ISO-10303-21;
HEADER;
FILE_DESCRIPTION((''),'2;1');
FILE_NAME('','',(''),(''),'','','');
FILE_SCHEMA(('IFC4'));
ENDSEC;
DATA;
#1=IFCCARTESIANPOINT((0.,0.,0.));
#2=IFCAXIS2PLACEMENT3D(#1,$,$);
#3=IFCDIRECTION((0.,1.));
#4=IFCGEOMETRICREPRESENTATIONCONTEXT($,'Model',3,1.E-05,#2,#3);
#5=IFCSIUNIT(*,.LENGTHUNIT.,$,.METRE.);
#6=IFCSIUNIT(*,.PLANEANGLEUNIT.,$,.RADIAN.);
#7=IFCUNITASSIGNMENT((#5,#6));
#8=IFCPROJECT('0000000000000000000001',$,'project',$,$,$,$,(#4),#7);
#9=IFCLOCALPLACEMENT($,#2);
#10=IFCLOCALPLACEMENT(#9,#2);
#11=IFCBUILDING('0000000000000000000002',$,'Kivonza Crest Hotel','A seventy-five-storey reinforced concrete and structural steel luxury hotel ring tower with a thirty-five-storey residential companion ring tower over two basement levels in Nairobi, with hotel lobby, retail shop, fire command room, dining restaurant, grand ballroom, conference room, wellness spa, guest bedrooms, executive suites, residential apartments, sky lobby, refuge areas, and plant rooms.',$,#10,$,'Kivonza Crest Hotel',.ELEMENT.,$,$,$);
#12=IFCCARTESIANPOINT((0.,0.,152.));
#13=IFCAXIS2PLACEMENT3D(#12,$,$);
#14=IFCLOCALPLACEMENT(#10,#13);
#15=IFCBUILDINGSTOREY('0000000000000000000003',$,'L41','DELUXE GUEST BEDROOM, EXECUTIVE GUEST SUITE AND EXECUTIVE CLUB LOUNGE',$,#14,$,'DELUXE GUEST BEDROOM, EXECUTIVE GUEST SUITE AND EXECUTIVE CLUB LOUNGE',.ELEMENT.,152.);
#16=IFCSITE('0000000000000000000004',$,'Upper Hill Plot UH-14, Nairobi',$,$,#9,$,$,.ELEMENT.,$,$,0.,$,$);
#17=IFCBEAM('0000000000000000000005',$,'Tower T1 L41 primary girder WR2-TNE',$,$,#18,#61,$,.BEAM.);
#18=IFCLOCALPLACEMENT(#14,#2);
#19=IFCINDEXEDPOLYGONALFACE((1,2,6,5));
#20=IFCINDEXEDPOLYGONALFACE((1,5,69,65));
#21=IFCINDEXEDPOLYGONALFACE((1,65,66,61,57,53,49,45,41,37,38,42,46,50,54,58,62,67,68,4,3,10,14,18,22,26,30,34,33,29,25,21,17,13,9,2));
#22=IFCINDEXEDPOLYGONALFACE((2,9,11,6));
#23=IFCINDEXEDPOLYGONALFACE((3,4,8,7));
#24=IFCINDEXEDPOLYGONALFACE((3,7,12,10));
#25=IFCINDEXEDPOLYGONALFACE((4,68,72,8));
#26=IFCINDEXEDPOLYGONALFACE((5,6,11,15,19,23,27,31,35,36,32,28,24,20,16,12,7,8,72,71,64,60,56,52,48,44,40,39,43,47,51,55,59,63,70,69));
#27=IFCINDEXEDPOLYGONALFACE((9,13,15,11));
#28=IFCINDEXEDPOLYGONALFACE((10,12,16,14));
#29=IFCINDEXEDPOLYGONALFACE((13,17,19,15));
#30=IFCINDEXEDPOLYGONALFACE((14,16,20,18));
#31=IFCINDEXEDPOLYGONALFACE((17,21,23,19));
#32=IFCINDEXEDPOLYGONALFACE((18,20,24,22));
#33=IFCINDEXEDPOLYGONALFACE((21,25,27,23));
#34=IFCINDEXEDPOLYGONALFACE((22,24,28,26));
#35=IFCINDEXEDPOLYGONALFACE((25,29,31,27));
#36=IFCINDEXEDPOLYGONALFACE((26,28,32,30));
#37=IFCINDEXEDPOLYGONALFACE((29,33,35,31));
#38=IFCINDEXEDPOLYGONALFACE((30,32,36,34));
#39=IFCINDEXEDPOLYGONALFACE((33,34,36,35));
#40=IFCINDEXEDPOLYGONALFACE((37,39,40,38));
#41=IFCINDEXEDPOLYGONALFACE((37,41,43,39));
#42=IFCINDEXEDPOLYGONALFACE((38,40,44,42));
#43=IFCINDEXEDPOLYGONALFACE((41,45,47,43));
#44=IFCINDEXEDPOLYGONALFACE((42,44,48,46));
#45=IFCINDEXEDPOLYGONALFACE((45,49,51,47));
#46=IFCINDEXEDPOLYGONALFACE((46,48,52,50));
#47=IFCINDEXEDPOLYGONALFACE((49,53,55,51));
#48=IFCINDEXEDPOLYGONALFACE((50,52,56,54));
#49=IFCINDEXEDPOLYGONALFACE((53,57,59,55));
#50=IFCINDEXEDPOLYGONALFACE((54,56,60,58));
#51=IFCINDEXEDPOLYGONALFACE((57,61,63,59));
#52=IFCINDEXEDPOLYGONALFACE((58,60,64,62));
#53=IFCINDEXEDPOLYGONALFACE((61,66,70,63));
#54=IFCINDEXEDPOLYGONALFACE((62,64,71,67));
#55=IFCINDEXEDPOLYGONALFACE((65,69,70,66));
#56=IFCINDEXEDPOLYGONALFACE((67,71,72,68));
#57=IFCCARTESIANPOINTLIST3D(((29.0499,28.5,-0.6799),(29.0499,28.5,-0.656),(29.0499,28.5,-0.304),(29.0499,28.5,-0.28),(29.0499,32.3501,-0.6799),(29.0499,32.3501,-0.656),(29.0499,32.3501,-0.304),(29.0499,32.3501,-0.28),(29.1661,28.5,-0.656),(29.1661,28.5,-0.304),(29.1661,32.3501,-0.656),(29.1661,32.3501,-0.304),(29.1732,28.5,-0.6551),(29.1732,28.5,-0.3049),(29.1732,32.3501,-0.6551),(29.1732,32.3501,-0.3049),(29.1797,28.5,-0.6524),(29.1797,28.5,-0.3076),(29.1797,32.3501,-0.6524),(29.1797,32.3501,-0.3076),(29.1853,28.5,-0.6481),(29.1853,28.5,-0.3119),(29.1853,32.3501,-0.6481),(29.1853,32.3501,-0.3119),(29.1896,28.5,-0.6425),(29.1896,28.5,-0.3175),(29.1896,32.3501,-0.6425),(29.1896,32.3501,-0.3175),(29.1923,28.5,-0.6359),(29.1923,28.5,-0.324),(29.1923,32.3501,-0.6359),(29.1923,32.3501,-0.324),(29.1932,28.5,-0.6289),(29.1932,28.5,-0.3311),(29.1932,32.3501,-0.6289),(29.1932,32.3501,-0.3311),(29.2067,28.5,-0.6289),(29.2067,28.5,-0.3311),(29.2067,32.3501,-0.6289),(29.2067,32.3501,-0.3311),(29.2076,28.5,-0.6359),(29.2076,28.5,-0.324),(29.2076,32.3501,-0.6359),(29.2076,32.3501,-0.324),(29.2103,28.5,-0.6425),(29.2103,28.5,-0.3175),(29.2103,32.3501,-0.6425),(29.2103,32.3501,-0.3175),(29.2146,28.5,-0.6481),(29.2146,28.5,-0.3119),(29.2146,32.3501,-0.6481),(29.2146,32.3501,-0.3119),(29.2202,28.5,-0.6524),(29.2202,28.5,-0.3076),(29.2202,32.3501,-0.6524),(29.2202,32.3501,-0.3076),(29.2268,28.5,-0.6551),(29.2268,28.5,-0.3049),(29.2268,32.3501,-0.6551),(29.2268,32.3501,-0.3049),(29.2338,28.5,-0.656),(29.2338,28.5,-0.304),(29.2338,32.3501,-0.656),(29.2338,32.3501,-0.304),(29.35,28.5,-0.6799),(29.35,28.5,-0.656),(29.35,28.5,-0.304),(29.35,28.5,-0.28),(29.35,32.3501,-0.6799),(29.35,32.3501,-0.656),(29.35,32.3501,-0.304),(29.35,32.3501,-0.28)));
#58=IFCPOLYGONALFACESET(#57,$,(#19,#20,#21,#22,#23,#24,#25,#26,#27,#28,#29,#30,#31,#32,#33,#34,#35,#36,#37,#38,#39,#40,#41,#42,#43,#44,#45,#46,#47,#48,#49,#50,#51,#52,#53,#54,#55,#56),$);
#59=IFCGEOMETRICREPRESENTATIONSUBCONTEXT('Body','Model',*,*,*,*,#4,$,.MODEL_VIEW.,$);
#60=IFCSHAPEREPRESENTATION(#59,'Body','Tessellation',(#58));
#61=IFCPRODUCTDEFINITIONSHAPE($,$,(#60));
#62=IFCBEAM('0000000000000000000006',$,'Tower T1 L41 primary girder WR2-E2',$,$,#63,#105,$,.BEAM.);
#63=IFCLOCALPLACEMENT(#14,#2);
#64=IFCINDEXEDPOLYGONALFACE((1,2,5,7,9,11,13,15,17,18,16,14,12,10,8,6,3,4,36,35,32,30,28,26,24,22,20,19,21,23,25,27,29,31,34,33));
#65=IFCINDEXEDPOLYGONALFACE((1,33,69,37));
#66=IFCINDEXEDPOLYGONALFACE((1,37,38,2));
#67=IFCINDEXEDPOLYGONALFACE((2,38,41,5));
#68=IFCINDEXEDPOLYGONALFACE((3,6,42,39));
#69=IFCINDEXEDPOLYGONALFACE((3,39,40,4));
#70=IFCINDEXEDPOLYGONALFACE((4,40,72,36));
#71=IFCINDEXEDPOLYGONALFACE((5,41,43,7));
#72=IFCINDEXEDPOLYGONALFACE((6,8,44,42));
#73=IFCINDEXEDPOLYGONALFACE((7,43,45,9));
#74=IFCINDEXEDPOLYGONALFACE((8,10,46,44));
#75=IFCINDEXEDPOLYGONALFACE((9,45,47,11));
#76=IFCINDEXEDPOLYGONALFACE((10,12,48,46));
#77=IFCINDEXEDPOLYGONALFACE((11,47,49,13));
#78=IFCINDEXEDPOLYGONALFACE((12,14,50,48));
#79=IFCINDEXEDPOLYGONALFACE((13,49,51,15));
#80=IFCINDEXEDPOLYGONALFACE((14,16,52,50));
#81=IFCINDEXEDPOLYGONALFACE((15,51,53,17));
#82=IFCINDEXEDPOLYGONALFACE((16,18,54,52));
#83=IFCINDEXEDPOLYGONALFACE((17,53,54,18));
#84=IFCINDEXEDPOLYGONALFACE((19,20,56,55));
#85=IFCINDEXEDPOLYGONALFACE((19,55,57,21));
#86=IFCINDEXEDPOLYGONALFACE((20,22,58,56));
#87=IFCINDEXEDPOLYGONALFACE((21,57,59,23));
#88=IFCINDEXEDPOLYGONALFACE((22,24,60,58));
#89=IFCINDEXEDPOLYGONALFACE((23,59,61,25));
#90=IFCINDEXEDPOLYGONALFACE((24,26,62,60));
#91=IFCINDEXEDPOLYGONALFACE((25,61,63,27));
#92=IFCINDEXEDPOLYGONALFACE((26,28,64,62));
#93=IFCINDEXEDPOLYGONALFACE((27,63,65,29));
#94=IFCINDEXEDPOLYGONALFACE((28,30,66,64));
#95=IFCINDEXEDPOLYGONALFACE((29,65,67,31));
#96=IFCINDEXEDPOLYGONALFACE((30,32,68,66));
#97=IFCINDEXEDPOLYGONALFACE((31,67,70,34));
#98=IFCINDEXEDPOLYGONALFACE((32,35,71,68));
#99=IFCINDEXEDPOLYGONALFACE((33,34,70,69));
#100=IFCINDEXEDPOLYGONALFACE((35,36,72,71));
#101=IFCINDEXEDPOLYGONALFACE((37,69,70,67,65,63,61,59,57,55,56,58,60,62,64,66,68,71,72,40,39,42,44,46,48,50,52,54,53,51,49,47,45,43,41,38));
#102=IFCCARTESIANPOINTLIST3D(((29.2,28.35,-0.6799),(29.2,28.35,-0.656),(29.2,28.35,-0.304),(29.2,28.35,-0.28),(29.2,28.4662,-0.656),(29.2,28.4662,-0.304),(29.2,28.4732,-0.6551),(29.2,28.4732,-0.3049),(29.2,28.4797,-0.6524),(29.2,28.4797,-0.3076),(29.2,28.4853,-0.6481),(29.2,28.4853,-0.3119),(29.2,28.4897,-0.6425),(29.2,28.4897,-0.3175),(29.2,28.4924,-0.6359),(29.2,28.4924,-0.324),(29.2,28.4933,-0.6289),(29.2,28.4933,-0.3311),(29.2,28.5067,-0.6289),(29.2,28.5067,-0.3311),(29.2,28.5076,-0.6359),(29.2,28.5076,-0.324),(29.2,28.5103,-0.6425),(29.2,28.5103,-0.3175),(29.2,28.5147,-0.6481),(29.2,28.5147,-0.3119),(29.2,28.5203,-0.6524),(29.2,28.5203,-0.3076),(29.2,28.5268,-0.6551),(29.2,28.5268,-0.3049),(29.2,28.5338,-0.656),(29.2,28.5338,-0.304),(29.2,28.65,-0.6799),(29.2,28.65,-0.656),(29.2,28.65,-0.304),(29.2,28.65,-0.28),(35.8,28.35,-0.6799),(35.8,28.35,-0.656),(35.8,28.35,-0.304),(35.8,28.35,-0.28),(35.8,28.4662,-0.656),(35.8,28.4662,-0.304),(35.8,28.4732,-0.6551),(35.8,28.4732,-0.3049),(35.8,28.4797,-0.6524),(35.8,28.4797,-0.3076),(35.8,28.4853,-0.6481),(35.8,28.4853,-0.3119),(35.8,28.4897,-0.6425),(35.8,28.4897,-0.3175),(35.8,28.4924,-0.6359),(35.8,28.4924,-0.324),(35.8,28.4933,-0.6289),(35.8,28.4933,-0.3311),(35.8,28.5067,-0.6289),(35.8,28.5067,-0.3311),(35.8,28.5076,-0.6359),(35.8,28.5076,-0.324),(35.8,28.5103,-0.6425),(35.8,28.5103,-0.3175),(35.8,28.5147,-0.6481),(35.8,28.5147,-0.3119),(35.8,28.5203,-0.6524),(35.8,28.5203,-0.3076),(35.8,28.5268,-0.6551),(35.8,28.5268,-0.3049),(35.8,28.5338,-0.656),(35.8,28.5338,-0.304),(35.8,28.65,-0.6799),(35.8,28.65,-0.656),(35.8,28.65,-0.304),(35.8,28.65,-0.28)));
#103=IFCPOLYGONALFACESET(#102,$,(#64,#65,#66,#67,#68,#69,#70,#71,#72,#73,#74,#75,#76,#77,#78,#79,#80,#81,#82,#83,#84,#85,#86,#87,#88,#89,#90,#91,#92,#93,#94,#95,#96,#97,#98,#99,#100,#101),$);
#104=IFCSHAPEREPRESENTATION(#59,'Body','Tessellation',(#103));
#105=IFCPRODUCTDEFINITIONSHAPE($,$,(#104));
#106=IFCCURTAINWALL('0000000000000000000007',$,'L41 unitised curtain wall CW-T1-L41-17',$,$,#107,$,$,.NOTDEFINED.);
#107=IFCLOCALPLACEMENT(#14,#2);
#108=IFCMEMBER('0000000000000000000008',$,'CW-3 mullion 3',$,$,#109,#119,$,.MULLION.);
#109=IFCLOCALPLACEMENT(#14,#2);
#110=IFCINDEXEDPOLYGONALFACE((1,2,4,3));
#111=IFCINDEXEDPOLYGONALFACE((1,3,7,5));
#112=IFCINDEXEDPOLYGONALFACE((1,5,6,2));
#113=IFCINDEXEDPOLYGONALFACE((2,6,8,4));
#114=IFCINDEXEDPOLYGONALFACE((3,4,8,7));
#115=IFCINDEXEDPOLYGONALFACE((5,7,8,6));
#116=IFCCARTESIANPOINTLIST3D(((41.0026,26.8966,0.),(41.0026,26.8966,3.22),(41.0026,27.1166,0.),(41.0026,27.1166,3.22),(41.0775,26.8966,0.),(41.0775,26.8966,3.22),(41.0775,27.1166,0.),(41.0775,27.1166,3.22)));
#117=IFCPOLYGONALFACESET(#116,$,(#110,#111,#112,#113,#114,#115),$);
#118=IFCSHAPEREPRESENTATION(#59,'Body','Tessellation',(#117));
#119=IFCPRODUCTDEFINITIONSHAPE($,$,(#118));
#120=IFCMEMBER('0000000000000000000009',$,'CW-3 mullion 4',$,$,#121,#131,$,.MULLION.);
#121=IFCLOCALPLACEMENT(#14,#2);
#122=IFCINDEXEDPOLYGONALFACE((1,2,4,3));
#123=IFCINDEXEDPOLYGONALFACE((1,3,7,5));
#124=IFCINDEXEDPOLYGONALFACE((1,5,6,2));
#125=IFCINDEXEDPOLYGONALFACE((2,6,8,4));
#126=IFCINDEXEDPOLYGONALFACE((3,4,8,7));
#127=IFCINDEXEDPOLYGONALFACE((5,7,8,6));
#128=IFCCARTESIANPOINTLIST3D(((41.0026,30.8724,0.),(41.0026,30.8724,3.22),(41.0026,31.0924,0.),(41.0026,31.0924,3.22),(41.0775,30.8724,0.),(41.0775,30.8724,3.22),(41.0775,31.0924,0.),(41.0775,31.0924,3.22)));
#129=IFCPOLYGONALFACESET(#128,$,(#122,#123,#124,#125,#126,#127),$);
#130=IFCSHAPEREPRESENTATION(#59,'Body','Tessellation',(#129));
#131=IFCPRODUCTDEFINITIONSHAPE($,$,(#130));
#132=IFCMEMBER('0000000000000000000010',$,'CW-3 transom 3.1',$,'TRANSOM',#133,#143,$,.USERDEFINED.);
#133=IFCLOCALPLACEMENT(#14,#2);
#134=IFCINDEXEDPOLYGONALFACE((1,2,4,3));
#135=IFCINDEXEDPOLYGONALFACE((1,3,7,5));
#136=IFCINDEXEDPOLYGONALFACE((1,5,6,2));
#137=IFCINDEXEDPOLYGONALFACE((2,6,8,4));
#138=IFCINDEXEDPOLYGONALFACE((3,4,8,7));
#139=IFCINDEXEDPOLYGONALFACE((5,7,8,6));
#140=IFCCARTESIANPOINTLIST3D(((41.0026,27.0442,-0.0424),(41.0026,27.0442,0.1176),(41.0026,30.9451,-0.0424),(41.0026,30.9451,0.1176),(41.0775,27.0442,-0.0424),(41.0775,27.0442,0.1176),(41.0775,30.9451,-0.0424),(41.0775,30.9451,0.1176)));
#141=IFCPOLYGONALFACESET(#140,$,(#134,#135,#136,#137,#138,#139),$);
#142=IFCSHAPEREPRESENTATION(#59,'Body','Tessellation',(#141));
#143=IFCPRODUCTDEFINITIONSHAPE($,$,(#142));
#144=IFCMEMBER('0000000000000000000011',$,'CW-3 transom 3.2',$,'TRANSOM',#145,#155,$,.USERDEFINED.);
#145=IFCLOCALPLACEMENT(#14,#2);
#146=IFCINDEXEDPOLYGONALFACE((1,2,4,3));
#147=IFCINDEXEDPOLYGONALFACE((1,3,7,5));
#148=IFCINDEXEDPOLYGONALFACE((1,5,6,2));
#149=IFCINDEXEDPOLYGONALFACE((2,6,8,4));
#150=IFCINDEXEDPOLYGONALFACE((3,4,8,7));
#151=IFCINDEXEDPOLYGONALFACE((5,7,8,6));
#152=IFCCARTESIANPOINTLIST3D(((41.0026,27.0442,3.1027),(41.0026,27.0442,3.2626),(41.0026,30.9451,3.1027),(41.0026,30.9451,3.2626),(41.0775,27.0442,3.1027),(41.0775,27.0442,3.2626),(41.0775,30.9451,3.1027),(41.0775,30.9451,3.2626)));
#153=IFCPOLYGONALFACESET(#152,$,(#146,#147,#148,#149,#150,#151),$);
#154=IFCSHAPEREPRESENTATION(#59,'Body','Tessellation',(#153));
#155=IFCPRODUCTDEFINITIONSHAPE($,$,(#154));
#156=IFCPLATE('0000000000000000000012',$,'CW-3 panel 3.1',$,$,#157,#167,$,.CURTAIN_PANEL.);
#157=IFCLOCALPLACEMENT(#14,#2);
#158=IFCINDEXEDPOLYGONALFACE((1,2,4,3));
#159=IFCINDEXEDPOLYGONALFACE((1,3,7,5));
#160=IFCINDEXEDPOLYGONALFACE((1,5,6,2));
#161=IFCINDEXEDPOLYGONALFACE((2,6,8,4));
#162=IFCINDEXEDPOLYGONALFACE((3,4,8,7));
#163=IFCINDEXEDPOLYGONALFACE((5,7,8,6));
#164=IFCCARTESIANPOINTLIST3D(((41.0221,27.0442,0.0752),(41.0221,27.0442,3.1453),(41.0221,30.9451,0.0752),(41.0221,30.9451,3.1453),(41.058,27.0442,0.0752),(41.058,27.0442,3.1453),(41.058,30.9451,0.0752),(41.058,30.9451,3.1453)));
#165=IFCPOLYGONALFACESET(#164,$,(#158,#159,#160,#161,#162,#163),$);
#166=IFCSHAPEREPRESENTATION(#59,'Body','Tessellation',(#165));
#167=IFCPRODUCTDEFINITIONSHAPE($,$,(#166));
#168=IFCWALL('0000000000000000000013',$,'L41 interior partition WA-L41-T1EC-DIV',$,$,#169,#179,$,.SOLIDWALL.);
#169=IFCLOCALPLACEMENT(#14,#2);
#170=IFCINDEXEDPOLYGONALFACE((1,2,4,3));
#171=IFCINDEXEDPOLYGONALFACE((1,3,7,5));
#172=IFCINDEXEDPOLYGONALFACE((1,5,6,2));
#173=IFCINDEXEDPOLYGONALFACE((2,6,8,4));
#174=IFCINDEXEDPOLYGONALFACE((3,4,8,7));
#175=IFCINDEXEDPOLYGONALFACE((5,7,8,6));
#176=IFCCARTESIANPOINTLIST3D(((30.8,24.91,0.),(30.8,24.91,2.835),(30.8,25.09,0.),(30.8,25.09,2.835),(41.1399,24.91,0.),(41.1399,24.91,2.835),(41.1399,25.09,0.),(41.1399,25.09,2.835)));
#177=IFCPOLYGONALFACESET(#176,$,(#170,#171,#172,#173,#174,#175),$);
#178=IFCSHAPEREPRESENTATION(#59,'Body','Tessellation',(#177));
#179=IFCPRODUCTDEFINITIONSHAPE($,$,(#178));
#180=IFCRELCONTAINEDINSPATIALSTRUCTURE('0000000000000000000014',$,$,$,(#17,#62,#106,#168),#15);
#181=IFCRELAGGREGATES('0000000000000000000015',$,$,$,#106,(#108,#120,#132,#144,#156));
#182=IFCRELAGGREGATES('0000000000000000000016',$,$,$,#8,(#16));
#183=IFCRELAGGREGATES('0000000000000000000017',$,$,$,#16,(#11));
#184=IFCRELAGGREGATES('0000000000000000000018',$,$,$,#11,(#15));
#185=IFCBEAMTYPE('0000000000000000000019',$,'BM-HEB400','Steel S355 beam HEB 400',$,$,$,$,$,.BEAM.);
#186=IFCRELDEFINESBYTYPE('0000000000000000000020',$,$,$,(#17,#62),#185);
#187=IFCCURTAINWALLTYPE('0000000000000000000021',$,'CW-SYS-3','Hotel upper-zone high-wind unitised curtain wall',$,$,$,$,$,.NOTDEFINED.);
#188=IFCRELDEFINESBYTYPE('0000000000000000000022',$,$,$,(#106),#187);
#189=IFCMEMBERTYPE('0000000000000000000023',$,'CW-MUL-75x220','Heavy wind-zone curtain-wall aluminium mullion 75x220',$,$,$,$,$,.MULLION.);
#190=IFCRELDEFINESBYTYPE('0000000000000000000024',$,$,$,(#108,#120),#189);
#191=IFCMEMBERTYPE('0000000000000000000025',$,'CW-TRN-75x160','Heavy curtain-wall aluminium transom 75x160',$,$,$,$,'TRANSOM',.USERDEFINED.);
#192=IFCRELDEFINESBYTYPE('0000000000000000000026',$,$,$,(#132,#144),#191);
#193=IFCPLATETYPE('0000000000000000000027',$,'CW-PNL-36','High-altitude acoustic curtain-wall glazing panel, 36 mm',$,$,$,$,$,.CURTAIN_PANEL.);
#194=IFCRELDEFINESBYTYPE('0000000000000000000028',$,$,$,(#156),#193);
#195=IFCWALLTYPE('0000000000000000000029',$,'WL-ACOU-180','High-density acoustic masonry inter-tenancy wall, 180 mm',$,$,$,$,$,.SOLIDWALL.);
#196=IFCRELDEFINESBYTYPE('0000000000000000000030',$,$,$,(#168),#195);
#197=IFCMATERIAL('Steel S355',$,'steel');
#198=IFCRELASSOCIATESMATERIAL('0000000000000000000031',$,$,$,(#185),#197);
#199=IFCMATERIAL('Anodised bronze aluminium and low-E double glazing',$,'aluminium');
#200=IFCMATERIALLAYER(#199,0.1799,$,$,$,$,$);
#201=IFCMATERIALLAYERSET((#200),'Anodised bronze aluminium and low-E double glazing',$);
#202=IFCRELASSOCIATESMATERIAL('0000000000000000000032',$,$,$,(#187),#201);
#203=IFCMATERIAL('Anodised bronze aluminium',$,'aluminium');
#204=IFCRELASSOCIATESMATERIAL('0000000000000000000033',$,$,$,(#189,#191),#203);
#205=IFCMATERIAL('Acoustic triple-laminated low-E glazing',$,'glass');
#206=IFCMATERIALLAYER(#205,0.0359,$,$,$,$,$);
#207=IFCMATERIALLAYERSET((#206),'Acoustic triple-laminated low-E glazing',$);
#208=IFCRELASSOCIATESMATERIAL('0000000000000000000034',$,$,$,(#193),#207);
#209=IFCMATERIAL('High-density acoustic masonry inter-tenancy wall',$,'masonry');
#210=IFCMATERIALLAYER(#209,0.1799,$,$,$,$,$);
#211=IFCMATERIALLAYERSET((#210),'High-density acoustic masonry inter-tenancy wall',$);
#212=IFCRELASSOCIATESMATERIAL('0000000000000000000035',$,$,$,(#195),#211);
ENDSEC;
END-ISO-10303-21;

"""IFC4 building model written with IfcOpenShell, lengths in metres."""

from ifc_helpers import new_model, si_unit, direction, frame, frame_2d, origin, origin_2d, place, context, subcontext, project, spatial, rectangle, i_section, extrude, material, layer, layer_set, material_profile, profile_set, type_object, element, aggregate, save


model = new_model("IFC4")

# Units and contexts
model_context = context("Model", 3, precision=1e-05, world=origin(), true_north=direction((0.0, 1.0)))
body_context = subcontext(model_context, "Body", "Model", "MODEL_VIEW")
ifc_project = project(units=[si_unit("LENGTHUNIT", "METRE"), si_unit("PLANEANGLEUNIT", "RADIAN")], contexts=[model_context])

# Site, building, storey
site_placement = place(None, origin())
site = spatial("IfcSite", under=ifc_project, at=site_placement, Name="Upper Hill Plot UH-14, Nairobi", CompositionType="ELEMENT", RefElevation=0.0)
building_placement = place(site_placement, origin())
building = spatial("IfcBuilding", under=site, at=building_placement, Name="Kivonza Crest Hotel", Description="A seventy-five-storey reinforced concrete and structural steel luxury hotel ring tower with a thirty-five-storey residential companion ring tower over two basement levels in Nairobi, with hotel lobby, retail shop, fire command room, dining restaurant, grand ballroom, conference room, wellness spa, guest bedrooms, executive suites, residential apartments, sky lobby, refuge areas, and plant rooms.", LongName="Kivonza Crest Hotel", CompositionType="ELEMENT")
storey_placement = place(building_placement, frame((0.0, 0.0, 152.0)))
storey = spatial("IfcBuildingStorey", under=building, at=storey_placement, Name="L41", Description="DELUXE GUEST BEDROOM, EXECUTIVE GUEST SUITE AND EXECUTIVE CLUB LOUNGE", LongName="DELUXE GUEST BEDROOM, EXECUTIVE GUEST SUITE AND EXECUTIVE CLUB LOUNGE", CompositionType="ELEMENT", Elevation=152.0)

# Beams
ifc_material_1 = material(Name="Steel S355", Category="steel")
ifc_material_profile_1 = material_profile(ifc_material_1, i_section(OverallWidth=0.3, OverallDepth=0.3999, WebThickness=0.0134, FlangeThickness=0.0239, FilletRadius=0.0271, at=origin_2d()), Name="HEB 400")
ifc_profile_set_1 = profile_set([ifc_material_profile_1], Name="Steel S355")
beam_type_1 = type_object("IfcBeamType", Name="BM-HEB400", Description="Steel S355 beam HEB 400", PredefinedType="BEAM", material=ifc_profile_set_1)
beam_1_placement = place(storey_placement, frame((29.2, 28.5, -0.48), z_axis=(0.0, 1.0, 0.0), x_axis=(-1.0, 0.0, 0.0)))
element("IfcBeam", 1, at=beam_1_placement, inside=storey, type_object=beam_type_1, Name="Tower T1 L41 primary girder WR2-TNE", PredefinedType="BEAM", context=body_context, shape_type="SweptSolid", body=[
    extrude(i_section(OverallWidth=0.3, OverallDepth=0.3999, WebThickness=0.0134, FlangeThickness=0.0239, FilletRadius=0.0271, at=origin_2d()), origin(), (0.0, 0.0, 1.0), 3.8501),
])
beam_2_placement = place(storey_placement, frame((29.2, 28.5, -0.48), z_axis=(1.0, 0.0, 0.0), x_axis=(0.0, 1.0, 0.0)))
element("IfcBeam", 2, at=beam_2_placement, inside=storey, type_object=beam_type_1, Name="Tower T1 L41 primary girder WR2-E2", PredefinedType="BEAM", context=body_context, shape_type="SweptSolid", body=[
    extrude(i_section(OverallWidth=0.3, OverallDepth=0.3999, WebThickness=0.0134, FlangeThickness=0.0239, FilletRadius=0.0271, at=origin_2d()), origin(), (0.0, 0.0, 1.0), 6.6001),
])

# Curtain wall, members, plate
ifc_material_2 = material(Name="Anodised bronze aluminium and low-E double glazing", Category="aluminium")
ifc_layer_1 = layer(ifc_material_2, 0.1799)
ifc_layer_set_1 = layer_set([ifc_layer_1], Name="Anodised bronze aluminium and low-E double glazing")
curtain_wall_type = type_object("IfcCurtainWallType", Name="CW-SYS-3", Description="Hotel upper-zone high-wind unitised curtain wall", PredefinedType="NOTDEFINED", material=ifc_layer_set_1)
curtain_wall_placement = place(storey_placement, origin())
curtain_wall = element("IfcCurtainWall", 3, at=curtain_wall_placement, inside=storey, type_object=curtain_wall_type, Name="L41 unitised curtain wall CW-T1-L41-17", PredefinedType="NOTDEFINED")
ifc_material_3 = material(Name="Anodised bronze aluminium", Category="aluminium")
ifc_material_profile_2 = material_profile(ifc_material_3, rectangle(XDim=0.075, YDim=0.22, at=origin_2d()), Name="CW-M 75x220")
ifc_profile_set_2 = profile_set([ifc_material_profile_2], Name="Anodised bronze aluminium")
member_type_1 = type_object("IfcMemberType", Name="CW-MUL-75x220", Description="Heavy wind-zone curtain-wall aluminium mullion 75x220", PredefinedType="MULLION", material=ifc_profile_set_2)
member_1_placement = place(storey_placement, frame((41.04, 27.0066, 0.0), z_axis=(0.0, 0.0, 1.0), x_axis=(-1.0, 0.0, 0.0)))
member_1 = element("IfcMember", 4, at=member_1_placement, type_object=member_type_1, Name="CW-3 mullion 3", PredefinedType="MULLION", context=body_context, shape_type="SweptSolid", body=[
    extrude(rectangle(XDim=0.075, YDim=0.22, at=origin_2d()), origin(), (0.0, 0.0, 1.0), 3.22),
])
member_2_placement = place(storey_placement, frame((41.04, 30.9824, 0.0), z_axis=(0.0, 0.0, 1.0), x_axis=(-1.0, 0.0, 0.0)))
member_2 = element("IfcMember", 5, at=member_2_placement, type_object=member_type_1, Name="CW-3 mullion 4", PredefinedType="MULLION", context=body_context, shape_type="SweptSolid", body=[
    extrude(rectangle(XDim=0.075, YDim=0.22, at=origin_2d()), origin(), (0.0, 0.0, 1.0), 3.22),
])
ifc_material_profile_3 = material_profile(ifc_material_3, rectangle(XDim=0.075, YDim=0.1599, at=origin_2d()), Name="CW-T 75x160")
ifc_profile_set_3 = profile_set([ifc_material_profile_3], Name="Anodised bronze aluminium")
member_type_2 = type_object("IfcMemberType", Name="CW-TRN-75x160", Description="Heavy curtain-wall aluminium transom 75x160", ElementType="TRANSOM", PredefinedType="USERDEFINED", material=ifc_profile_set_3)
member_3_placement = place(storey_placement, frame((41.04, 27.0442, 0.0376), z_axis=(0.0, 1.0, 0.0), x_axis=(-1.0, 0.0, 0.0)))
member_3 = element("IfcMember", 6, at=member_3_placement, type_object=member_type_2, Name="CW-3 transom 3.1", ObjectType="TRANSOM", PredefinedType="USERDEFINED", context=body_context, shape_type="SweptSolid", body=[
    extrude(rectangle(XDim=0.075, YDim=0.1599, at=origin_2d()), origin(), (0.0, 0.0, 1.0), 3.9009),
])
member_4_placement = place(storey_placement, frame((41.04, 27.0442, 3.1826), z_axis=(0.0, 1.0, 0.0), x_axis=(-1.0, 0.0, 0.0)))
member_4 = element("IfcMember", 7, at=member_4_placement, type_object=member_type_2, Name="CW-3 transom 3.2", ObjectType="TRANSOM", PredefinedType="USERDEFINED", context=body_context, shape_type="SweptSolid", body=[
    extrude(rectangle(XDim=0.075, YDim=0.1599, at=origin_2d()), origin(), (0.0, 0.0, 1.0), 3.9009),
])
ifc_material_4 = material(Name="Acoustic triple-laminated low-E glazing", Category="glass")
ifc_layer_2 = layer(ifc_material_4, 0.0359)
ifc_layer_set_2 = layer_set([ifc_layer_2], Name="Acoustic triple-laminated low-E glazing")
plate_type = type_object("IfcPlateType", Name="CW-PNL-36", Description="High-altitude acoustic curtain-wall glazing panel, 36 mm", PredefinedType="CURTAIN_PANEL", material=ifc_layer_set_2)
plate_placement = place(storey_placement, frame((41.04, 28.9946, 0.0752), z_axis=(0.0, 0.0, 1.0), x_axis=(0.0, 1.0, 0.0)))
plate = element("IfcPlate", 8, at=plate_placement, type_object=plate_type, Name="CW-3 panel 3.1", PredefinedType="CURTAIN_PANEL", context=body_context, shape_type="SweptSolid", body=[
    extrude(rectangle(XDim=3.9009, YDim=0.0359, at=origin_2d()), origin(), (0.0, 0.0, 1.0), 3.0701),
])
aggregate(curtain_wall, [member_1, member_2, member_3, member_4, plate])

# Wall
ifc_material_5 = material(Name="High-density acoustic masonry inter-tenancy wall", Category="masonry")
ifc_layer_3 = layer(ifc_material_5, 0.1799)
ifc_layer_set_3 = layer_set([ifc_layer_3], Name="High-density acoustic masonry inter-tenancy wall")
wall_type_1 = type_object("IfcWallType", Name="WL-ACOU-180", Description="High-density acoustic masonry inter-tenancy wall, 180 mm", PredefinedType="SOLIDWALL", material=ifc_layer_set_3)
wall_1_placement = place(storey_placement, frame((30.8, 25.0, 0.0), z_axis=(0.0, 0.0, 1.0), x_axis=(1.0, 0.0, 0.0)))
element("IfcWall", 9, at=wall_1_placement, inside=storey, type_object=wall_type_1, Name="L41 interior partition WA-L41-T1EC-DIV", PredefinedType="SOLIDWALL", context=body_context, shape_type="SweptSolid", body=[
    extrude(rectangle(XDim=10.3398, YDim=0.1799, at=frame_2d((5.1699, 0.0))), origin(), (0.0, 0.0, 1.0), 2.835),
])

save(model, "model.ifc")
